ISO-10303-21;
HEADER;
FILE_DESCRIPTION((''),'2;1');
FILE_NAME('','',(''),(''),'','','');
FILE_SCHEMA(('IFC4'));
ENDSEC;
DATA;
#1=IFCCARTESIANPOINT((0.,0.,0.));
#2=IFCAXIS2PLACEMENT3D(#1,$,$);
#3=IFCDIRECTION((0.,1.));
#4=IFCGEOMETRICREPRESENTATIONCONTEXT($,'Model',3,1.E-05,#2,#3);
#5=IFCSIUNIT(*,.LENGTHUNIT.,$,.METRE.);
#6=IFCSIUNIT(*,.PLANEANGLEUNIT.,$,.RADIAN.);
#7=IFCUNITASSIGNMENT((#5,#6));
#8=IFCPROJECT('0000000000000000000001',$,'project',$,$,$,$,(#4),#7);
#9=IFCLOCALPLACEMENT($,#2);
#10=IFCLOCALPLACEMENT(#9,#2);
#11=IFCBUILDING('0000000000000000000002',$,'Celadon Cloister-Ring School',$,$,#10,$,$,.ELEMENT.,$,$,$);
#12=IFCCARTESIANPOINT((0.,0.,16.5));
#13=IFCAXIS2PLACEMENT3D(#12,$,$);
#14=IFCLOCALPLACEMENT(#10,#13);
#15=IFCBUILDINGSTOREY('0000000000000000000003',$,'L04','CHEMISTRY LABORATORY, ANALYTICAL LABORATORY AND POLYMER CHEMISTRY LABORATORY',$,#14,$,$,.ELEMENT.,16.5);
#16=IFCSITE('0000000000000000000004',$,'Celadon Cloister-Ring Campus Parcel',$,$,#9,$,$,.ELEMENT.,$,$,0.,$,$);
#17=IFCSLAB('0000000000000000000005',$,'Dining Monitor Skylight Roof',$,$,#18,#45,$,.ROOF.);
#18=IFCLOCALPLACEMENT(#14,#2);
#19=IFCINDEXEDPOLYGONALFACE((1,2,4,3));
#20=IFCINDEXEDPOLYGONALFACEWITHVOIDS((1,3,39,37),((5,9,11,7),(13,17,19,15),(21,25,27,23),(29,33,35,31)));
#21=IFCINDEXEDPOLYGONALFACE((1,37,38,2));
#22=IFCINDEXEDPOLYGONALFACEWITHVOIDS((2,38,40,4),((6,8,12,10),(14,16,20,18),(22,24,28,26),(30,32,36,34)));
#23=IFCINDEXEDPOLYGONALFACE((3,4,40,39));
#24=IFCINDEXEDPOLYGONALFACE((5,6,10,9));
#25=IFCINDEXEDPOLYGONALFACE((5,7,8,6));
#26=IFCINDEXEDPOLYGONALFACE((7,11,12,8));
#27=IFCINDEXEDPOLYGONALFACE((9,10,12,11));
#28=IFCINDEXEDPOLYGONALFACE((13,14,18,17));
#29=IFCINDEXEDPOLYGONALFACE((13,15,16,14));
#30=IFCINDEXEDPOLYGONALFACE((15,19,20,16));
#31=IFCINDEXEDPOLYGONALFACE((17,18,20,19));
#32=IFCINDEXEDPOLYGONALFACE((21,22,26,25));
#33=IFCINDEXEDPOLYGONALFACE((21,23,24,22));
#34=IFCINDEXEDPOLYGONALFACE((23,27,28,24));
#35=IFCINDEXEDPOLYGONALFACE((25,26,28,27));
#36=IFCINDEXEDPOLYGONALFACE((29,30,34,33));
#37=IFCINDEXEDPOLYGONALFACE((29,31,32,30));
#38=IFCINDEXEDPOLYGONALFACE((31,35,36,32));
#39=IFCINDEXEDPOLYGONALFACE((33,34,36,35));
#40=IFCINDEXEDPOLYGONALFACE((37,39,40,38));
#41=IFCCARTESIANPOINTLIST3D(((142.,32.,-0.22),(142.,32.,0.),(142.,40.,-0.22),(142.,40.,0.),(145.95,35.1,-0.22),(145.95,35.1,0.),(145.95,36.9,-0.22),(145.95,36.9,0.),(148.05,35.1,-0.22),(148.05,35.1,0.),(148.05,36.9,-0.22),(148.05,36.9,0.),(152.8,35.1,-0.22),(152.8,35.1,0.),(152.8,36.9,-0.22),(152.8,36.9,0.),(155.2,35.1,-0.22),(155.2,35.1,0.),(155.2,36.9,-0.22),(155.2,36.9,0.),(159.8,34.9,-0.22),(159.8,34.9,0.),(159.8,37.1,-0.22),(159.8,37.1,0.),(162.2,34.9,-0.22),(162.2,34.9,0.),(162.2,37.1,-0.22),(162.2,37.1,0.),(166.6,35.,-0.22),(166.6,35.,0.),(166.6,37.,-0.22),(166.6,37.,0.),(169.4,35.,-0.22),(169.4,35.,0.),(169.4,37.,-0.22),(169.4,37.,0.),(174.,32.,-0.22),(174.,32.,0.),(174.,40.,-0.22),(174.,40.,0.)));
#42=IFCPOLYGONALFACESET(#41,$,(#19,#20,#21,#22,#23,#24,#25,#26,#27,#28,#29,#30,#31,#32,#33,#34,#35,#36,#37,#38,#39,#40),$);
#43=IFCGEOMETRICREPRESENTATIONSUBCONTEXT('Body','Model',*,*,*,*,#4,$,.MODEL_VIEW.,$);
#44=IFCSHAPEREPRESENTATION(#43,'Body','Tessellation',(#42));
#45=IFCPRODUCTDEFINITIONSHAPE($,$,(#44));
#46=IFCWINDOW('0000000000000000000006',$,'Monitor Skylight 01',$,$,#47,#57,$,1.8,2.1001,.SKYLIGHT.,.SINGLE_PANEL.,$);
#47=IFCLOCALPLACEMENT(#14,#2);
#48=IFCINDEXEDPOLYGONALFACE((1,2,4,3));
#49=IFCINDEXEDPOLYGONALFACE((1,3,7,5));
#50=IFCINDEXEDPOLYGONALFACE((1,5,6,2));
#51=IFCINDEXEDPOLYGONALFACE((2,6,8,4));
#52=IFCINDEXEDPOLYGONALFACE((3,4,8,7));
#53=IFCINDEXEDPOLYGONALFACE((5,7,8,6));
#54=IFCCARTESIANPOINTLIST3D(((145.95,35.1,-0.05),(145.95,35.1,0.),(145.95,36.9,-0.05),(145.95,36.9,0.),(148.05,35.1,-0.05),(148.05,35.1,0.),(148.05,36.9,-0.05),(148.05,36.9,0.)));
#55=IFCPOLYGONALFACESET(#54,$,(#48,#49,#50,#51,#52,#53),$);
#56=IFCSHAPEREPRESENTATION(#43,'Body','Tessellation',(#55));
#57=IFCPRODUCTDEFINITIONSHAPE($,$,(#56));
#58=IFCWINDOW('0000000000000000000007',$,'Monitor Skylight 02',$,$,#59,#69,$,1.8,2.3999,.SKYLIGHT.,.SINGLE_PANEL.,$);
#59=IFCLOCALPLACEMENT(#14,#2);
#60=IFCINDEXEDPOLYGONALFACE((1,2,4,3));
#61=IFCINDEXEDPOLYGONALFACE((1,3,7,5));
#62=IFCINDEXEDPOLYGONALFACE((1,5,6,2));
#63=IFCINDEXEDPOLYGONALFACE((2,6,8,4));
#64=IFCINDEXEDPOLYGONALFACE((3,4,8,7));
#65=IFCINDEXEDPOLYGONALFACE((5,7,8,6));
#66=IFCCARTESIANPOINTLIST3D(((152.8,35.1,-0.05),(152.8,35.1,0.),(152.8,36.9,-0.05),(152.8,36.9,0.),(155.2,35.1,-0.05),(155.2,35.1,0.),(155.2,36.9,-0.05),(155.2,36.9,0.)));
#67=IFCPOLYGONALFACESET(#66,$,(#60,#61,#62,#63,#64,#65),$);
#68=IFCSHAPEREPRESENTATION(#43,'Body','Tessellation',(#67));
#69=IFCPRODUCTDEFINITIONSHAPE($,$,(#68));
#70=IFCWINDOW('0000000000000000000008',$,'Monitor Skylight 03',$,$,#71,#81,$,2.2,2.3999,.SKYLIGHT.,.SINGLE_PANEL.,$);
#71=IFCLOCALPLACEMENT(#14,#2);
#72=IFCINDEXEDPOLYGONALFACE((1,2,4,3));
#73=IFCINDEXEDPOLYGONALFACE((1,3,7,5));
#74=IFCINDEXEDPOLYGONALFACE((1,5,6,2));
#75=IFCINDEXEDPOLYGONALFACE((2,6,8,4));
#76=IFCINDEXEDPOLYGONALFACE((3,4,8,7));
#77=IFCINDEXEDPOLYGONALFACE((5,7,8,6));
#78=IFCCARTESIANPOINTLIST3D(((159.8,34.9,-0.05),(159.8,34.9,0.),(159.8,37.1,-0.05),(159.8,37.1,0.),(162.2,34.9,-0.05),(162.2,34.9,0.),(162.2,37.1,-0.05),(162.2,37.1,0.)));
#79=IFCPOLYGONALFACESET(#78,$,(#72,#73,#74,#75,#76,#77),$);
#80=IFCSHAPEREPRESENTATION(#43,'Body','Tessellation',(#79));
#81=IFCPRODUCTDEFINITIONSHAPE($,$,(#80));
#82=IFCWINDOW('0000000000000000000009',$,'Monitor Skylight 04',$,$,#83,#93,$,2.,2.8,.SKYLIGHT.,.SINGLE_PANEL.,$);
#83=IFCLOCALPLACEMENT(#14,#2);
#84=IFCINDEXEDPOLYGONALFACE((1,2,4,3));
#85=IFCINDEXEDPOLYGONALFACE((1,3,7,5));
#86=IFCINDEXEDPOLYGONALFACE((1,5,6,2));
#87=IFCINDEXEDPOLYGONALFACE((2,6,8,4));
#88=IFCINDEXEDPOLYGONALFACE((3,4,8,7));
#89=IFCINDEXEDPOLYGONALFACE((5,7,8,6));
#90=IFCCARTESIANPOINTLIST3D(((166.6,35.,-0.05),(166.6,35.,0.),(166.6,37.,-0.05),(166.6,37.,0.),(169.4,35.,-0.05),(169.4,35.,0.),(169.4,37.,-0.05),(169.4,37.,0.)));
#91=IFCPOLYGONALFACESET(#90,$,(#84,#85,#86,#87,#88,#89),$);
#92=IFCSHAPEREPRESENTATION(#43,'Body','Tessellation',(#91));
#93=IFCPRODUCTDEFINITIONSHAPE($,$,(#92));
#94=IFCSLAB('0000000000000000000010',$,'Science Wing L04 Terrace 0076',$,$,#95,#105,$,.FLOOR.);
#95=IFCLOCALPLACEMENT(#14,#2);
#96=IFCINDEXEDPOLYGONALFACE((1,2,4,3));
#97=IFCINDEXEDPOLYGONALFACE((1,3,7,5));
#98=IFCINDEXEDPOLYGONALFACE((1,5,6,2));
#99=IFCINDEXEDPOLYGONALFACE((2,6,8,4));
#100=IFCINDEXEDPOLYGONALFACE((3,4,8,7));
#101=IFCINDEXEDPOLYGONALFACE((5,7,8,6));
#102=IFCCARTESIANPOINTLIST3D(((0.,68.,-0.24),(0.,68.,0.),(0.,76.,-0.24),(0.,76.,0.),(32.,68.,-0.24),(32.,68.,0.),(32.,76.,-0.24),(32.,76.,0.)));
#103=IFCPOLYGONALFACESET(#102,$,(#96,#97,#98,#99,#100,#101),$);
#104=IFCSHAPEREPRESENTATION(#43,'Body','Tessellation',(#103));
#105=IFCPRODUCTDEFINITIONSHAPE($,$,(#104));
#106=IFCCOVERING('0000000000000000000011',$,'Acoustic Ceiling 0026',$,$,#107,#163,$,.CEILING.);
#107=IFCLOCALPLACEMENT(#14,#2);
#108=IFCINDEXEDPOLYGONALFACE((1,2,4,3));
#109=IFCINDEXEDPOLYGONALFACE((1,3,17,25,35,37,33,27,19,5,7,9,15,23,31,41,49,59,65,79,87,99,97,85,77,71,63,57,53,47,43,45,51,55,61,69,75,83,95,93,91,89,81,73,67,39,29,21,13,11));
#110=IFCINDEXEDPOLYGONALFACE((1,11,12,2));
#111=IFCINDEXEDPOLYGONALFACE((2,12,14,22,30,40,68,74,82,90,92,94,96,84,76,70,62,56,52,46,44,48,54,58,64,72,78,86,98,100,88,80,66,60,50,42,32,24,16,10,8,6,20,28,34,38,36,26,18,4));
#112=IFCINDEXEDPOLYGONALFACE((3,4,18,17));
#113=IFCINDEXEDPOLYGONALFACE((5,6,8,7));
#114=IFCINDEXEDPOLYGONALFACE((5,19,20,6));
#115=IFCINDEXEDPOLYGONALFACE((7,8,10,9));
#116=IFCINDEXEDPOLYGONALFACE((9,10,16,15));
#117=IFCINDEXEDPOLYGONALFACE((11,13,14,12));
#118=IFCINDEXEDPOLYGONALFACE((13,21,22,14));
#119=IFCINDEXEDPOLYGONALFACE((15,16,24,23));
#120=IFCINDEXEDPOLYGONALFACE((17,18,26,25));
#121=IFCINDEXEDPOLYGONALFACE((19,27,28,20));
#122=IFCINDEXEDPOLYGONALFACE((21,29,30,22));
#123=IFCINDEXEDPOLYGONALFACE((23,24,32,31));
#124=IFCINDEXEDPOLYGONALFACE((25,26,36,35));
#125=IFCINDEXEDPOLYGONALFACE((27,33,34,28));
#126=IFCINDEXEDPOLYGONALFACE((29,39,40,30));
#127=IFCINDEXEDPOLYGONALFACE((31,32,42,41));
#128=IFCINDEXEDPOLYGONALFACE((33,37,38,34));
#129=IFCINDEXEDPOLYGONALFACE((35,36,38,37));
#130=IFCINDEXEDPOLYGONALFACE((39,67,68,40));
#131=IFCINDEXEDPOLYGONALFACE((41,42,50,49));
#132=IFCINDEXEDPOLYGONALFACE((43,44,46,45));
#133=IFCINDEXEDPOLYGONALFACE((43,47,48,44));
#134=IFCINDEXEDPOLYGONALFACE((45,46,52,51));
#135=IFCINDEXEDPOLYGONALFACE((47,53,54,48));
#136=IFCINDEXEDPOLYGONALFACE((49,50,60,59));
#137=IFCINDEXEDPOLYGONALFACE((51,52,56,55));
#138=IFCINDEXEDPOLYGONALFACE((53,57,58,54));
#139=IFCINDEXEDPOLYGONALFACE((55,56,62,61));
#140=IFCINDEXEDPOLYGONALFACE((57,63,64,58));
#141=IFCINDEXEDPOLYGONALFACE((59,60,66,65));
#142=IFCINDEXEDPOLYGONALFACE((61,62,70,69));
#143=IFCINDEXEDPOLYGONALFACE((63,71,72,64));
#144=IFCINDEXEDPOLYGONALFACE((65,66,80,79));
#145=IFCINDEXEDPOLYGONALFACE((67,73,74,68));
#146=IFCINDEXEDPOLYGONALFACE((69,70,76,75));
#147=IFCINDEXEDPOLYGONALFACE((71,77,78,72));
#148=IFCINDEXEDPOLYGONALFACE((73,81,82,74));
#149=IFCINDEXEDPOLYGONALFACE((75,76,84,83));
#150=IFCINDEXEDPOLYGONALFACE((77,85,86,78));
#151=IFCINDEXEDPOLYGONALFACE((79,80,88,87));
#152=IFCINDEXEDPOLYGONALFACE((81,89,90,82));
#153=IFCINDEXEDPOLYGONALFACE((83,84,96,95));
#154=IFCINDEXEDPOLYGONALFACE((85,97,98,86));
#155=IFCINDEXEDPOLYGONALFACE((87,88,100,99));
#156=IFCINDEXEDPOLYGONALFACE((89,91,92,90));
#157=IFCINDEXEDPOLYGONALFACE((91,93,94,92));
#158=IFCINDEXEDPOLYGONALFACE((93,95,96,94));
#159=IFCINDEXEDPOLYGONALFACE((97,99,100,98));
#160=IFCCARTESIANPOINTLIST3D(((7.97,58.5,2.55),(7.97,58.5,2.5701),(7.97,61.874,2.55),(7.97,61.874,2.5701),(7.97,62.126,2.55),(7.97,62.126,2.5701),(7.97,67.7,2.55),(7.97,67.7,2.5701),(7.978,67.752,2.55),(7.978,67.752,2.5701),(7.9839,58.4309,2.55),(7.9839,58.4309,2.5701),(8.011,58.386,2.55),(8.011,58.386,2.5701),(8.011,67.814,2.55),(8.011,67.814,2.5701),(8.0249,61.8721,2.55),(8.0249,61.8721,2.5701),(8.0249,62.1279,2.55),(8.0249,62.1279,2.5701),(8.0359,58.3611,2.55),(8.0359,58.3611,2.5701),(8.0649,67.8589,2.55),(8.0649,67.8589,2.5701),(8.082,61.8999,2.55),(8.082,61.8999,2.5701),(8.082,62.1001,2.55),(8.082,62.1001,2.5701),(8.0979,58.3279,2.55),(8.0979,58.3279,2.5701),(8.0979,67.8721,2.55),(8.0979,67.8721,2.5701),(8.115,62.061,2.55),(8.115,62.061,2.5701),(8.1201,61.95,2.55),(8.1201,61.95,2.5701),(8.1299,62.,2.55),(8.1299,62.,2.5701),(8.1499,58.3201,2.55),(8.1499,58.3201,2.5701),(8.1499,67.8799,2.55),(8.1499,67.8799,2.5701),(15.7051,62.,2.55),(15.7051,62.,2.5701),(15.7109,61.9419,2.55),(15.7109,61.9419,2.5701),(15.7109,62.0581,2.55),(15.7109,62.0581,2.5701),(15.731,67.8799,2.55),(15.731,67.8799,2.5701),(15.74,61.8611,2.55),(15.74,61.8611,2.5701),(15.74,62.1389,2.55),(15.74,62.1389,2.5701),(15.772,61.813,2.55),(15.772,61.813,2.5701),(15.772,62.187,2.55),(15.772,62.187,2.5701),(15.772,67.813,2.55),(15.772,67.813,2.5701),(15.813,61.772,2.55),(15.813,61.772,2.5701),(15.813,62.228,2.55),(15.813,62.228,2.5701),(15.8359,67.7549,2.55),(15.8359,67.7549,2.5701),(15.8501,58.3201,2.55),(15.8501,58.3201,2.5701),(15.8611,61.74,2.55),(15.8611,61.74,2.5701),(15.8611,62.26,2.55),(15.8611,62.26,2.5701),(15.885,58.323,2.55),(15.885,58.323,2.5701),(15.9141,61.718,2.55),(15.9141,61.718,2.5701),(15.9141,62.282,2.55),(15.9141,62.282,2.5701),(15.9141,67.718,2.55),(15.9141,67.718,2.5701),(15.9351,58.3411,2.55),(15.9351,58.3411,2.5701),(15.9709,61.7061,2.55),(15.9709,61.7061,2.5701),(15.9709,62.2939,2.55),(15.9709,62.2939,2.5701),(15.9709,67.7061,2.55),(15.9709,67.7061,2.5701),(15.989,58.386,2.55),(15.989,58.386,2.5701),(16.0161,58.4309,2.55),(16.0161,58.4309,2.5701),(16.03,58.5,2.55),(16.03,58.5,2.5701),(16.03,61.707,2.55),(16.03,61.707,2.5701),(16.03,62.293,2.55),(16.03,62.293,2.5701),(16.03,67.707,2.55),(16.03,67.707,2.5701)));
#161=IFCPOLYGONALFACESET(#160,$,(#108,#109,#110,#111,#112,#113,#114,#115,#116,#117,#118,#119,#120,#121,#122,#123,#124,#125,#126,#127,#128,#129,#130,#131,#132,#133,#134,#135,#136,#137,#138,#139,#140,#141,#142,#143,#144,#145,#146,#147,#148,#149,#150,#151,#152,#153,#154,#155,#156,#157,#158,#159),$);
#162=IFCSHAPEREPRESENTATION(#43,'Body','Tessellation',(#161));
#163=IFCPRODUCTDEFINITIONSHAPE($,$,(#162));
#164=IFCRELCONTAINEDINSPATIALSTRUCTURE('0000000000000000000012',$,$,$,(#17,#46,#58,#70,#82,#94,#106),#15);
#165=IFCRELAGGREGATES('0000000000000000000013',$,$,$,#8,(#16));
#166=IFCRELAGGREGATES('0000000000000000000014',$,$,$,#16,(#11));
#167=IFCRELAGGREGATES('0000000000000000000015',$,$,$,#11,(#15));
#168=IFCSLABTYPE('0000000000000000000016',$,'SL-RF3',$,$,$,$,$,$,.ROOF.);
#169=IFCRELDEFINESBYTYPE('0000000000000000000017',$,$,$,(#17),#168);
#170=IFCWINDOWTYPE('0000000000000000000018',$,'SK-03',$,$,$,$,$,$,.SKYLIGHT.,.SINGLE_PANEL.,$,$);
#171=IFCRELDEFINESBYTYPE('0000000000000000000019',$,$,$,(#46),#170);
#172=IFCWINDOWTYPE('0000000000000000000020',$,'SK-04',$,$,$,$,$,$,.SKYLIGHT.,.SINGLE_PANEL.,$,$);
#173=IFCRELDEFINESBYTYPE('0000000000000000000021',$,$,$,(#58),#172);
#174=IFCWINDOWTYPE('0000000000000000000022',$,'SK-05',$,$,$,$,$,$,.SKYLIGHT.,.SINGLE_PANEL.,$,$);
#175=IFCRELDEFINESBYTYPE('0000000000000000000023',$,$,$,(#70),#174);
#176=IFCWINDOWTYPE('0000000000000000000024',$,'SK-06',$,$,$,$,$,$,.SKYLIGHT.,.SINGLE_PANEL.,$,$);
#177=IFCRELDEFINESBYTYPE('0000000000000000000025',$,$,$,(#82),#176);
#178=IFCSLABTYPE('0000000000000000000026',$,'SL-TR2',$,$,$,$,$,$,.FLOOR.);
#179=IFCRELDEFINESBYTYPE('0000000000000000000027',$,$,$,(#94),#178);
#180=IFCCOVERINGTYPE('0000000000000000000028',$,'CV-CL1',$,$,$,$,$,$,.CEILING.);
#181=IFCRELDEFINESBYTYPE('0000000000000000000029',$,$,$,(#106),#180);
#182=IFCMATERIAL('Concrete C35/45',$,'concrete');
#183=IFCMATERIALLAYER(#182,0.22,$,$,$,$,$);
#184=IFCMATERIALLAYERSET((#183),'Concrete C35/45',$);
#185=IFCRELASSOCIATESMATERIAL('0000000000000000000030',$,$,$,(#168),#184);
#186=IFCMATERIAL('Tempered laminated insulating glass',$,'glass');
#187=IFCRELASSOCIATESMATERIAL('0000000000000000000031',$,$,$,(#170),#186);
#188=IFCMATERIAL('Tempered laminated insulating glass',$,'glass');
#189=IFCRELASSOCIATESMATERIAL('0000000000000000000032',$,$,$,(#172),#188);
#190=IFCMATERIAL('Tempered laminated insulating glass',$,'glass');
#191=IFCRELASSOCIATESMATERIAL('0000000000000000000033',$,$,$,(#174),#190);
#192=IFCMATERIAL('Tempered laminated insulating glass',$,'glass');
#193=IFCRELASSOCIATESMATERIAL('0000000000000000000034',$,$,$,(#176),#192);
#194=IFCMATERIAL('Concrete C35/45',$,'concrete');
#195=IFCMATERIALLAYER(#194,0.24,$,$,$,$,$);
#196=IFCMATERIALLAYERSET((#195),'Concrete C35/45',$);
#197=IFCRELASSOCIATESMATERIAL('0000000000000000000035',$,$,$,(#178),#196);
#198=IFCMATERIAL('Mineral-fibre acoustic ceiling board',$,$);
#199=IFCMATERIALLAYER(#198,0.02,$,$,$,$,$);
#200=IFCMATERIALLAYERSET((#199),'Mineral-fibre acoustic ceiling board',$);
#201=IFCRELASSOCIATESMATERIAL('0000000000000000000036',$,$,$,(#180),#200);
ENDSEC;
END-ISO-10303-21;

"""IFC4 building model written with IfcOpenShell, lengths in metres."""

from ifc_helpers import new_model, si_unit, direction, frame, origin, origin_2d, place, context, subcontext, project, spatial, polyline, rectangle, outline, extrude, material, layer, layer_set, type_object, element, fill, save


model = new_model("IFC4")

# Units and contexts
model_context = context("Model", 3, precision=1e-05, world=origin(), true_north=direction((0.0, 1.0)))
body_context = subcontext(model_context, "Body", "Model", "MODEL_VIEW")
ifc_project = project(units=[si_unit("LENGTHUNIT", "METRE"), si_unit("PLANEANGLEUNIT", "RADIAN")], contexts=[model_context])

# Site, building, storey
site_placement = place(None, origin())
site = spatial("IfcSite", under=ifc_project, at=site_placement, Name="Celadon Cloister-Ring Campus Parcel", CompositionType="ELEMENT", RefElevation=0.0)
building_placement = place(site_placement, origin())
building = spatial("IfcBuilding", under=site, at=building_placement, Name="Celadon Cloister-Ring School", CompositionType="ELEMENT")
storey_placement = place(building_placement, frame((0.0, 0.0, 16.5)))
storey = spatial("IfcBuildingStorey", under=building, at=storey_placement, Name="L04", Description="CHEMISTRY LABORATORY, ANALYTICAL LABORATORY AND POLYMER CHEMISTRY LABORATORY", CompositionType="ELEMENT", Elevation=16.5)

# Slab, openings, windows
ifc_material_1 = material(Name="Concrete C35/45", Category="concrete")
ifc_layer_1 = layer(ifc_material_1, 0.22)
ifc_layer_set_1 = layer_set([ifc_layer_1], Name="Concrete C35/45")
slab_type_1 = type_object("IfcSlabType", Name="SL-RF3", PredefinedType="ROOF", material=ifc_layer_set_1)
slab_1_placement = place(storey_placement, frame((0.0, 0.0, -0.22)))
slab_1 = element("IfcSlab", 1, at=slab_1_placement, inside=storey, type_object=slab_type_1, Name="Dining Monitor Skylight Roof", PredefinedType="ROOF", context=body_context, shape_type="SweptSolid", body=[
    extrude(outline(polyline([(142.0, 32.0), (174.0, 32.0), (174.0, 40.0), (142.0, 40.0), (142.0, 32.0)])), origin(), (0.0, 0.0, 1.0), 0.22),
])
opening_1_placement = place(slab_1_placement, frame((147.0, 36.0, 0.0)))
opening_1 = element("IfcOpeningElement", 2, at=opening_1_placement, cuts=slab_1, PredefinedType="OPENING", context=body_context, shape_type="SweptSolid", body=[
    extrude(rectangle(XDim=2.1001, YDim=1.8, at=origin_2d()), origin(), (0.0, 0.0, 1.0), 0.22),
])
opening_2_placement = place(slab_1_placement, frame((154.0, 36.0, 0.0)))
opening_2 = element("IfcOpeningElement", 3, at=opening_2_placement, cuts=slab_1, PredefinedType="OPENING", context=body_context, shape_type="SweptSolid", body=[
    extrude(rectangle(XDim=2.3999, YDim=1.8, at=origin_2d()), origin(), (0.0, 0.0, 1.0), 0.22),
])
opening_3_placement = place(slab_1_placement, frame((161.0, 36.0, 0.0)))
opening_3 = element("IfcOpeningElement", 4, at=opening_3_placement, cuts=slab_1, PredefinedType="OPENING", context=body_context, shape_type="SweptSolid", body=[
    extrude(rectangle(XDim=2.3999, YDim=2.2, at=origin_2d()), origin(), (0.0, 0.0, 1.0), 0.22),
])
opening_4_placement = place(slab_1_placement, frame((168.0, 36.0, 0.0)))
opening_4 = element("IfcOpeningElement", 5, at=opening_4_placement, cuts=slab_1, PredefinedType="OPENING", context=body_context, shape_type="SweptSolid", body=[
    extrude(rectangle(XDim=2.8, YDim=2.0, at=origin_2d()), origin(), (0.0, 0.0, 1.0), 0.22),
])
ifc_material_2 = material(Name="Tempered laminated insulating glass", Category="glass")
window_type_1 = type_object("IfcWindowType", Name="SK-03", PartitioningType="SINGLE_PANEL", PredefinedType="SKYLIGHT", material=ifc_material_2)
window_1_placement = place(opening_1_placement, frame((0.0, 0.0, 0.1699)))
window_1 = element("IfcWindow", 6, at=window_1_placement, inside=storey, type_object=window_type_1, Name="Monitor Skylight 01", OverallHeight=1.8, OverallWidth=2.1001, PartitioningType="SINGLE_PANEL", PredefinedType="SKYLIGHT", context=body_context, shape_type="SweptSolid", body=[
    extrude(rectangle(XDim=2.1001, YDim=1.8, at=origin_2d()), origin(), (0.0, 0.0, 1.0), 0.05),
])
fill(opening_1, window_1)
ifc_material_3 = material(Name="Tempered laminated insulating glass", Category="glass")
window_type_2 = type_object("IfcWindowType", Name="SK-04", PartitioningType="SINGLE_PANEL", PredefinedType="SKYLIGHT", material=ifc_material_3)
window_2_placement = place(opening_2_placement, frame((0.0, 0.0, 0.1699)))
window_2 = element("IfcWindow", 7, at=window_2_placement, inside=storey, type_object=window_type_2, Name="Monitor Skylight 02", OverallHeight=1.8, OverallWidth=2.3999, PartitioningType="SINGLE_PANEL", PredefinedType="SKYLIGHT", context=body_context, shape_type="SweptSolid", body=[
    extrude(rectangle(XDim=2.3999, YDim=1.8, at=origin_2d()), origin(), (0.0, 0.0, 1.0), 0.05),
])
fill(opening_2, window_2)
ifc_material_4 = material(Name="Tempered laminated insulating glass", Category="glass")
window_type_3 = type_object("IfcWindowType", Name="SK-05", PartitioningType="SINGLE_PANEL", PredefinedType="SKYLIGHT", material=ifc_material_4)
window_3_placement = place(opening_3_placement, frame((0.0, 0.0, 0.1699)))
window_3 = element("IfcWindow", 8, at=window_3_placement, inside=storey, type_object=window_type_3, Name="Monitor Skylight 03", OverallHeight=2.2, OverallWidth=2.3999, PartitioningType="SINGLE_PANEL", PredefinedType="SKYLIGHT", context=body_context, shape_type="SweptSolid", body=[
    extrude(rectangle(XDim=2.3999, YDim=2.2, at=origin_2d()), origin(), (0.0, 0.0, 1.0), 0.05),
])
fill(opening_3, window_3)
ifc_material_5 = material(Name="Tempered laminated insulating glass", Category="glass")
window_type_4 = type_object("IfcWindowType", Name="SK-06", PartitioningType="SINGLE_PANEL", PredefinedType="SKYLIGHT", material=ifc_material_5)
window_4_placement = place(opening_4_placement, frame((0.0, 0.0, 0.1699)))
window_4 = element("IfcWindow", 9, at=window_4_placement, inside=storey, type_object=window_type_4, Name="Monitor Skylight 04", OverallHeight=2.0, OverallWidth=2.8, PartitioningType="SINGLE_PANEL", PredefinedType="SKYLIGHT", context=body_context, shape_type="SweptSolid", body=[
    extrude(rectangle(XDim=2.8, YDim=2.0, at=origin_2d()), origin(), (0.0, 0.0, 1.0), 0.05),
])
fill(opening_4, window_4)

# Slab
ifc_material_6 = material(Name="Concrete C35/45", Category="concrete")
ifc_layer_2 = layer(ifc_material_6, 0.24)
ifc_layer_set_2 = layer_set([ifc_layer_2], Name="Concrete C35/45")
slab_type_2 = type_object("IfcSlabType", Name="SL-TR2", PredefinedType="FLOOR", material=ifc_layer_set_2)
slab_2_placement = place(storey_placement, frame((0.0, 0.0, -0.24)))
element("IfcSlab", 10, at=slab_2_placement, inside=storey, type_object=slab_type_2, Name="Science Wing L04 Terrace 0076", PredefinedType="FLOOR", context=body_context, shape_type="SweptSolid", body=[
    extrude(outline(polyline([(0.0, 68.0), (32.0, 68.0), (32.0, 76.0), (0.0, 76.0), (0.0, 68.0)])), origin(), (0.0, 0.0, 1.0), 0.24),
])

# Covering
ifc_material_7 = material(Name="Mineral-fibre acoustic ceiling board")
ifc_layer_3 = layer(ifc_material_7, 0.02)
ifc_layer_set_3 = layer_set([ifc_layer_3], Name="Mineral-fibre acoustic ceiling board")
covering_type_1 = type_object("IfcCoveringType", Name="CV-CL1", PredefinedType="CEILING", material=ifc_layer_set_3)
covering_1_placement = place(storey_placement, frame((0.0, 0.0, 2.55)))
element("IfcCovering", 11, at=covering_1_placement, inside=storey, type_object=covering_type_1, Name="Acoustic Ceiling 0026", PredefinedType="CEILING", context=body_context, shape_type="SweptSolid", body=[
    extrude(outline(polyline([(16.03, 67.707), (16.03, 62.293), (15.9709, 62.2939), (15.9141, 62.282), (15.8611, 62.26), (15.813, 62.228), (15.772, 62.187), (15.74, 62.1389), (15.7109, 62.0581), (15.7051, 62.0), (15.7109, 61.9419), (15.74, 61.8611), (15.772, 61.813), (15.813, 61.772), (15.8611, 61.74), (15.9141, 61.718), (15.9709, 61.7061), (16.03, 61.707), (16.03, 58.5), (16.0161, 58.4309), (15.989, 58.386), (15.9351, 58.3411), (15.885, 58.323), (15.8501, 58.3201), (8.1499, 58.3201), (8.0979, 58.3279), (8.0359, 58.3611), (8.011, 58.386), (7.9839, 58.4309), (7.97, 58.5), (7.97, 61.874), (8.0249, 61.8721), (8.082, 61.8999), (8.1201, 61.95), (8.1299, 62.0), (8.115, 62.061), (8.082, 62.1001), (8.0249, 62.1279), (7.97, 62.126), (7.97, 67.7), (7.978, 67.752), (8.011, 67.814), (8.0649, 67.8589), (8.0979, 67.8721), (8.1499, 67.8799), (15.731, 67.8799), (15.772, 67.813), (15.8359, 67.7549), (15.9141, 67.718), (15.9709, 67.7061), (16.03, 67.707)])), origin(), (0.0, 0.0, 1.0), 0.02),
])

save(model, "model.ifc")
